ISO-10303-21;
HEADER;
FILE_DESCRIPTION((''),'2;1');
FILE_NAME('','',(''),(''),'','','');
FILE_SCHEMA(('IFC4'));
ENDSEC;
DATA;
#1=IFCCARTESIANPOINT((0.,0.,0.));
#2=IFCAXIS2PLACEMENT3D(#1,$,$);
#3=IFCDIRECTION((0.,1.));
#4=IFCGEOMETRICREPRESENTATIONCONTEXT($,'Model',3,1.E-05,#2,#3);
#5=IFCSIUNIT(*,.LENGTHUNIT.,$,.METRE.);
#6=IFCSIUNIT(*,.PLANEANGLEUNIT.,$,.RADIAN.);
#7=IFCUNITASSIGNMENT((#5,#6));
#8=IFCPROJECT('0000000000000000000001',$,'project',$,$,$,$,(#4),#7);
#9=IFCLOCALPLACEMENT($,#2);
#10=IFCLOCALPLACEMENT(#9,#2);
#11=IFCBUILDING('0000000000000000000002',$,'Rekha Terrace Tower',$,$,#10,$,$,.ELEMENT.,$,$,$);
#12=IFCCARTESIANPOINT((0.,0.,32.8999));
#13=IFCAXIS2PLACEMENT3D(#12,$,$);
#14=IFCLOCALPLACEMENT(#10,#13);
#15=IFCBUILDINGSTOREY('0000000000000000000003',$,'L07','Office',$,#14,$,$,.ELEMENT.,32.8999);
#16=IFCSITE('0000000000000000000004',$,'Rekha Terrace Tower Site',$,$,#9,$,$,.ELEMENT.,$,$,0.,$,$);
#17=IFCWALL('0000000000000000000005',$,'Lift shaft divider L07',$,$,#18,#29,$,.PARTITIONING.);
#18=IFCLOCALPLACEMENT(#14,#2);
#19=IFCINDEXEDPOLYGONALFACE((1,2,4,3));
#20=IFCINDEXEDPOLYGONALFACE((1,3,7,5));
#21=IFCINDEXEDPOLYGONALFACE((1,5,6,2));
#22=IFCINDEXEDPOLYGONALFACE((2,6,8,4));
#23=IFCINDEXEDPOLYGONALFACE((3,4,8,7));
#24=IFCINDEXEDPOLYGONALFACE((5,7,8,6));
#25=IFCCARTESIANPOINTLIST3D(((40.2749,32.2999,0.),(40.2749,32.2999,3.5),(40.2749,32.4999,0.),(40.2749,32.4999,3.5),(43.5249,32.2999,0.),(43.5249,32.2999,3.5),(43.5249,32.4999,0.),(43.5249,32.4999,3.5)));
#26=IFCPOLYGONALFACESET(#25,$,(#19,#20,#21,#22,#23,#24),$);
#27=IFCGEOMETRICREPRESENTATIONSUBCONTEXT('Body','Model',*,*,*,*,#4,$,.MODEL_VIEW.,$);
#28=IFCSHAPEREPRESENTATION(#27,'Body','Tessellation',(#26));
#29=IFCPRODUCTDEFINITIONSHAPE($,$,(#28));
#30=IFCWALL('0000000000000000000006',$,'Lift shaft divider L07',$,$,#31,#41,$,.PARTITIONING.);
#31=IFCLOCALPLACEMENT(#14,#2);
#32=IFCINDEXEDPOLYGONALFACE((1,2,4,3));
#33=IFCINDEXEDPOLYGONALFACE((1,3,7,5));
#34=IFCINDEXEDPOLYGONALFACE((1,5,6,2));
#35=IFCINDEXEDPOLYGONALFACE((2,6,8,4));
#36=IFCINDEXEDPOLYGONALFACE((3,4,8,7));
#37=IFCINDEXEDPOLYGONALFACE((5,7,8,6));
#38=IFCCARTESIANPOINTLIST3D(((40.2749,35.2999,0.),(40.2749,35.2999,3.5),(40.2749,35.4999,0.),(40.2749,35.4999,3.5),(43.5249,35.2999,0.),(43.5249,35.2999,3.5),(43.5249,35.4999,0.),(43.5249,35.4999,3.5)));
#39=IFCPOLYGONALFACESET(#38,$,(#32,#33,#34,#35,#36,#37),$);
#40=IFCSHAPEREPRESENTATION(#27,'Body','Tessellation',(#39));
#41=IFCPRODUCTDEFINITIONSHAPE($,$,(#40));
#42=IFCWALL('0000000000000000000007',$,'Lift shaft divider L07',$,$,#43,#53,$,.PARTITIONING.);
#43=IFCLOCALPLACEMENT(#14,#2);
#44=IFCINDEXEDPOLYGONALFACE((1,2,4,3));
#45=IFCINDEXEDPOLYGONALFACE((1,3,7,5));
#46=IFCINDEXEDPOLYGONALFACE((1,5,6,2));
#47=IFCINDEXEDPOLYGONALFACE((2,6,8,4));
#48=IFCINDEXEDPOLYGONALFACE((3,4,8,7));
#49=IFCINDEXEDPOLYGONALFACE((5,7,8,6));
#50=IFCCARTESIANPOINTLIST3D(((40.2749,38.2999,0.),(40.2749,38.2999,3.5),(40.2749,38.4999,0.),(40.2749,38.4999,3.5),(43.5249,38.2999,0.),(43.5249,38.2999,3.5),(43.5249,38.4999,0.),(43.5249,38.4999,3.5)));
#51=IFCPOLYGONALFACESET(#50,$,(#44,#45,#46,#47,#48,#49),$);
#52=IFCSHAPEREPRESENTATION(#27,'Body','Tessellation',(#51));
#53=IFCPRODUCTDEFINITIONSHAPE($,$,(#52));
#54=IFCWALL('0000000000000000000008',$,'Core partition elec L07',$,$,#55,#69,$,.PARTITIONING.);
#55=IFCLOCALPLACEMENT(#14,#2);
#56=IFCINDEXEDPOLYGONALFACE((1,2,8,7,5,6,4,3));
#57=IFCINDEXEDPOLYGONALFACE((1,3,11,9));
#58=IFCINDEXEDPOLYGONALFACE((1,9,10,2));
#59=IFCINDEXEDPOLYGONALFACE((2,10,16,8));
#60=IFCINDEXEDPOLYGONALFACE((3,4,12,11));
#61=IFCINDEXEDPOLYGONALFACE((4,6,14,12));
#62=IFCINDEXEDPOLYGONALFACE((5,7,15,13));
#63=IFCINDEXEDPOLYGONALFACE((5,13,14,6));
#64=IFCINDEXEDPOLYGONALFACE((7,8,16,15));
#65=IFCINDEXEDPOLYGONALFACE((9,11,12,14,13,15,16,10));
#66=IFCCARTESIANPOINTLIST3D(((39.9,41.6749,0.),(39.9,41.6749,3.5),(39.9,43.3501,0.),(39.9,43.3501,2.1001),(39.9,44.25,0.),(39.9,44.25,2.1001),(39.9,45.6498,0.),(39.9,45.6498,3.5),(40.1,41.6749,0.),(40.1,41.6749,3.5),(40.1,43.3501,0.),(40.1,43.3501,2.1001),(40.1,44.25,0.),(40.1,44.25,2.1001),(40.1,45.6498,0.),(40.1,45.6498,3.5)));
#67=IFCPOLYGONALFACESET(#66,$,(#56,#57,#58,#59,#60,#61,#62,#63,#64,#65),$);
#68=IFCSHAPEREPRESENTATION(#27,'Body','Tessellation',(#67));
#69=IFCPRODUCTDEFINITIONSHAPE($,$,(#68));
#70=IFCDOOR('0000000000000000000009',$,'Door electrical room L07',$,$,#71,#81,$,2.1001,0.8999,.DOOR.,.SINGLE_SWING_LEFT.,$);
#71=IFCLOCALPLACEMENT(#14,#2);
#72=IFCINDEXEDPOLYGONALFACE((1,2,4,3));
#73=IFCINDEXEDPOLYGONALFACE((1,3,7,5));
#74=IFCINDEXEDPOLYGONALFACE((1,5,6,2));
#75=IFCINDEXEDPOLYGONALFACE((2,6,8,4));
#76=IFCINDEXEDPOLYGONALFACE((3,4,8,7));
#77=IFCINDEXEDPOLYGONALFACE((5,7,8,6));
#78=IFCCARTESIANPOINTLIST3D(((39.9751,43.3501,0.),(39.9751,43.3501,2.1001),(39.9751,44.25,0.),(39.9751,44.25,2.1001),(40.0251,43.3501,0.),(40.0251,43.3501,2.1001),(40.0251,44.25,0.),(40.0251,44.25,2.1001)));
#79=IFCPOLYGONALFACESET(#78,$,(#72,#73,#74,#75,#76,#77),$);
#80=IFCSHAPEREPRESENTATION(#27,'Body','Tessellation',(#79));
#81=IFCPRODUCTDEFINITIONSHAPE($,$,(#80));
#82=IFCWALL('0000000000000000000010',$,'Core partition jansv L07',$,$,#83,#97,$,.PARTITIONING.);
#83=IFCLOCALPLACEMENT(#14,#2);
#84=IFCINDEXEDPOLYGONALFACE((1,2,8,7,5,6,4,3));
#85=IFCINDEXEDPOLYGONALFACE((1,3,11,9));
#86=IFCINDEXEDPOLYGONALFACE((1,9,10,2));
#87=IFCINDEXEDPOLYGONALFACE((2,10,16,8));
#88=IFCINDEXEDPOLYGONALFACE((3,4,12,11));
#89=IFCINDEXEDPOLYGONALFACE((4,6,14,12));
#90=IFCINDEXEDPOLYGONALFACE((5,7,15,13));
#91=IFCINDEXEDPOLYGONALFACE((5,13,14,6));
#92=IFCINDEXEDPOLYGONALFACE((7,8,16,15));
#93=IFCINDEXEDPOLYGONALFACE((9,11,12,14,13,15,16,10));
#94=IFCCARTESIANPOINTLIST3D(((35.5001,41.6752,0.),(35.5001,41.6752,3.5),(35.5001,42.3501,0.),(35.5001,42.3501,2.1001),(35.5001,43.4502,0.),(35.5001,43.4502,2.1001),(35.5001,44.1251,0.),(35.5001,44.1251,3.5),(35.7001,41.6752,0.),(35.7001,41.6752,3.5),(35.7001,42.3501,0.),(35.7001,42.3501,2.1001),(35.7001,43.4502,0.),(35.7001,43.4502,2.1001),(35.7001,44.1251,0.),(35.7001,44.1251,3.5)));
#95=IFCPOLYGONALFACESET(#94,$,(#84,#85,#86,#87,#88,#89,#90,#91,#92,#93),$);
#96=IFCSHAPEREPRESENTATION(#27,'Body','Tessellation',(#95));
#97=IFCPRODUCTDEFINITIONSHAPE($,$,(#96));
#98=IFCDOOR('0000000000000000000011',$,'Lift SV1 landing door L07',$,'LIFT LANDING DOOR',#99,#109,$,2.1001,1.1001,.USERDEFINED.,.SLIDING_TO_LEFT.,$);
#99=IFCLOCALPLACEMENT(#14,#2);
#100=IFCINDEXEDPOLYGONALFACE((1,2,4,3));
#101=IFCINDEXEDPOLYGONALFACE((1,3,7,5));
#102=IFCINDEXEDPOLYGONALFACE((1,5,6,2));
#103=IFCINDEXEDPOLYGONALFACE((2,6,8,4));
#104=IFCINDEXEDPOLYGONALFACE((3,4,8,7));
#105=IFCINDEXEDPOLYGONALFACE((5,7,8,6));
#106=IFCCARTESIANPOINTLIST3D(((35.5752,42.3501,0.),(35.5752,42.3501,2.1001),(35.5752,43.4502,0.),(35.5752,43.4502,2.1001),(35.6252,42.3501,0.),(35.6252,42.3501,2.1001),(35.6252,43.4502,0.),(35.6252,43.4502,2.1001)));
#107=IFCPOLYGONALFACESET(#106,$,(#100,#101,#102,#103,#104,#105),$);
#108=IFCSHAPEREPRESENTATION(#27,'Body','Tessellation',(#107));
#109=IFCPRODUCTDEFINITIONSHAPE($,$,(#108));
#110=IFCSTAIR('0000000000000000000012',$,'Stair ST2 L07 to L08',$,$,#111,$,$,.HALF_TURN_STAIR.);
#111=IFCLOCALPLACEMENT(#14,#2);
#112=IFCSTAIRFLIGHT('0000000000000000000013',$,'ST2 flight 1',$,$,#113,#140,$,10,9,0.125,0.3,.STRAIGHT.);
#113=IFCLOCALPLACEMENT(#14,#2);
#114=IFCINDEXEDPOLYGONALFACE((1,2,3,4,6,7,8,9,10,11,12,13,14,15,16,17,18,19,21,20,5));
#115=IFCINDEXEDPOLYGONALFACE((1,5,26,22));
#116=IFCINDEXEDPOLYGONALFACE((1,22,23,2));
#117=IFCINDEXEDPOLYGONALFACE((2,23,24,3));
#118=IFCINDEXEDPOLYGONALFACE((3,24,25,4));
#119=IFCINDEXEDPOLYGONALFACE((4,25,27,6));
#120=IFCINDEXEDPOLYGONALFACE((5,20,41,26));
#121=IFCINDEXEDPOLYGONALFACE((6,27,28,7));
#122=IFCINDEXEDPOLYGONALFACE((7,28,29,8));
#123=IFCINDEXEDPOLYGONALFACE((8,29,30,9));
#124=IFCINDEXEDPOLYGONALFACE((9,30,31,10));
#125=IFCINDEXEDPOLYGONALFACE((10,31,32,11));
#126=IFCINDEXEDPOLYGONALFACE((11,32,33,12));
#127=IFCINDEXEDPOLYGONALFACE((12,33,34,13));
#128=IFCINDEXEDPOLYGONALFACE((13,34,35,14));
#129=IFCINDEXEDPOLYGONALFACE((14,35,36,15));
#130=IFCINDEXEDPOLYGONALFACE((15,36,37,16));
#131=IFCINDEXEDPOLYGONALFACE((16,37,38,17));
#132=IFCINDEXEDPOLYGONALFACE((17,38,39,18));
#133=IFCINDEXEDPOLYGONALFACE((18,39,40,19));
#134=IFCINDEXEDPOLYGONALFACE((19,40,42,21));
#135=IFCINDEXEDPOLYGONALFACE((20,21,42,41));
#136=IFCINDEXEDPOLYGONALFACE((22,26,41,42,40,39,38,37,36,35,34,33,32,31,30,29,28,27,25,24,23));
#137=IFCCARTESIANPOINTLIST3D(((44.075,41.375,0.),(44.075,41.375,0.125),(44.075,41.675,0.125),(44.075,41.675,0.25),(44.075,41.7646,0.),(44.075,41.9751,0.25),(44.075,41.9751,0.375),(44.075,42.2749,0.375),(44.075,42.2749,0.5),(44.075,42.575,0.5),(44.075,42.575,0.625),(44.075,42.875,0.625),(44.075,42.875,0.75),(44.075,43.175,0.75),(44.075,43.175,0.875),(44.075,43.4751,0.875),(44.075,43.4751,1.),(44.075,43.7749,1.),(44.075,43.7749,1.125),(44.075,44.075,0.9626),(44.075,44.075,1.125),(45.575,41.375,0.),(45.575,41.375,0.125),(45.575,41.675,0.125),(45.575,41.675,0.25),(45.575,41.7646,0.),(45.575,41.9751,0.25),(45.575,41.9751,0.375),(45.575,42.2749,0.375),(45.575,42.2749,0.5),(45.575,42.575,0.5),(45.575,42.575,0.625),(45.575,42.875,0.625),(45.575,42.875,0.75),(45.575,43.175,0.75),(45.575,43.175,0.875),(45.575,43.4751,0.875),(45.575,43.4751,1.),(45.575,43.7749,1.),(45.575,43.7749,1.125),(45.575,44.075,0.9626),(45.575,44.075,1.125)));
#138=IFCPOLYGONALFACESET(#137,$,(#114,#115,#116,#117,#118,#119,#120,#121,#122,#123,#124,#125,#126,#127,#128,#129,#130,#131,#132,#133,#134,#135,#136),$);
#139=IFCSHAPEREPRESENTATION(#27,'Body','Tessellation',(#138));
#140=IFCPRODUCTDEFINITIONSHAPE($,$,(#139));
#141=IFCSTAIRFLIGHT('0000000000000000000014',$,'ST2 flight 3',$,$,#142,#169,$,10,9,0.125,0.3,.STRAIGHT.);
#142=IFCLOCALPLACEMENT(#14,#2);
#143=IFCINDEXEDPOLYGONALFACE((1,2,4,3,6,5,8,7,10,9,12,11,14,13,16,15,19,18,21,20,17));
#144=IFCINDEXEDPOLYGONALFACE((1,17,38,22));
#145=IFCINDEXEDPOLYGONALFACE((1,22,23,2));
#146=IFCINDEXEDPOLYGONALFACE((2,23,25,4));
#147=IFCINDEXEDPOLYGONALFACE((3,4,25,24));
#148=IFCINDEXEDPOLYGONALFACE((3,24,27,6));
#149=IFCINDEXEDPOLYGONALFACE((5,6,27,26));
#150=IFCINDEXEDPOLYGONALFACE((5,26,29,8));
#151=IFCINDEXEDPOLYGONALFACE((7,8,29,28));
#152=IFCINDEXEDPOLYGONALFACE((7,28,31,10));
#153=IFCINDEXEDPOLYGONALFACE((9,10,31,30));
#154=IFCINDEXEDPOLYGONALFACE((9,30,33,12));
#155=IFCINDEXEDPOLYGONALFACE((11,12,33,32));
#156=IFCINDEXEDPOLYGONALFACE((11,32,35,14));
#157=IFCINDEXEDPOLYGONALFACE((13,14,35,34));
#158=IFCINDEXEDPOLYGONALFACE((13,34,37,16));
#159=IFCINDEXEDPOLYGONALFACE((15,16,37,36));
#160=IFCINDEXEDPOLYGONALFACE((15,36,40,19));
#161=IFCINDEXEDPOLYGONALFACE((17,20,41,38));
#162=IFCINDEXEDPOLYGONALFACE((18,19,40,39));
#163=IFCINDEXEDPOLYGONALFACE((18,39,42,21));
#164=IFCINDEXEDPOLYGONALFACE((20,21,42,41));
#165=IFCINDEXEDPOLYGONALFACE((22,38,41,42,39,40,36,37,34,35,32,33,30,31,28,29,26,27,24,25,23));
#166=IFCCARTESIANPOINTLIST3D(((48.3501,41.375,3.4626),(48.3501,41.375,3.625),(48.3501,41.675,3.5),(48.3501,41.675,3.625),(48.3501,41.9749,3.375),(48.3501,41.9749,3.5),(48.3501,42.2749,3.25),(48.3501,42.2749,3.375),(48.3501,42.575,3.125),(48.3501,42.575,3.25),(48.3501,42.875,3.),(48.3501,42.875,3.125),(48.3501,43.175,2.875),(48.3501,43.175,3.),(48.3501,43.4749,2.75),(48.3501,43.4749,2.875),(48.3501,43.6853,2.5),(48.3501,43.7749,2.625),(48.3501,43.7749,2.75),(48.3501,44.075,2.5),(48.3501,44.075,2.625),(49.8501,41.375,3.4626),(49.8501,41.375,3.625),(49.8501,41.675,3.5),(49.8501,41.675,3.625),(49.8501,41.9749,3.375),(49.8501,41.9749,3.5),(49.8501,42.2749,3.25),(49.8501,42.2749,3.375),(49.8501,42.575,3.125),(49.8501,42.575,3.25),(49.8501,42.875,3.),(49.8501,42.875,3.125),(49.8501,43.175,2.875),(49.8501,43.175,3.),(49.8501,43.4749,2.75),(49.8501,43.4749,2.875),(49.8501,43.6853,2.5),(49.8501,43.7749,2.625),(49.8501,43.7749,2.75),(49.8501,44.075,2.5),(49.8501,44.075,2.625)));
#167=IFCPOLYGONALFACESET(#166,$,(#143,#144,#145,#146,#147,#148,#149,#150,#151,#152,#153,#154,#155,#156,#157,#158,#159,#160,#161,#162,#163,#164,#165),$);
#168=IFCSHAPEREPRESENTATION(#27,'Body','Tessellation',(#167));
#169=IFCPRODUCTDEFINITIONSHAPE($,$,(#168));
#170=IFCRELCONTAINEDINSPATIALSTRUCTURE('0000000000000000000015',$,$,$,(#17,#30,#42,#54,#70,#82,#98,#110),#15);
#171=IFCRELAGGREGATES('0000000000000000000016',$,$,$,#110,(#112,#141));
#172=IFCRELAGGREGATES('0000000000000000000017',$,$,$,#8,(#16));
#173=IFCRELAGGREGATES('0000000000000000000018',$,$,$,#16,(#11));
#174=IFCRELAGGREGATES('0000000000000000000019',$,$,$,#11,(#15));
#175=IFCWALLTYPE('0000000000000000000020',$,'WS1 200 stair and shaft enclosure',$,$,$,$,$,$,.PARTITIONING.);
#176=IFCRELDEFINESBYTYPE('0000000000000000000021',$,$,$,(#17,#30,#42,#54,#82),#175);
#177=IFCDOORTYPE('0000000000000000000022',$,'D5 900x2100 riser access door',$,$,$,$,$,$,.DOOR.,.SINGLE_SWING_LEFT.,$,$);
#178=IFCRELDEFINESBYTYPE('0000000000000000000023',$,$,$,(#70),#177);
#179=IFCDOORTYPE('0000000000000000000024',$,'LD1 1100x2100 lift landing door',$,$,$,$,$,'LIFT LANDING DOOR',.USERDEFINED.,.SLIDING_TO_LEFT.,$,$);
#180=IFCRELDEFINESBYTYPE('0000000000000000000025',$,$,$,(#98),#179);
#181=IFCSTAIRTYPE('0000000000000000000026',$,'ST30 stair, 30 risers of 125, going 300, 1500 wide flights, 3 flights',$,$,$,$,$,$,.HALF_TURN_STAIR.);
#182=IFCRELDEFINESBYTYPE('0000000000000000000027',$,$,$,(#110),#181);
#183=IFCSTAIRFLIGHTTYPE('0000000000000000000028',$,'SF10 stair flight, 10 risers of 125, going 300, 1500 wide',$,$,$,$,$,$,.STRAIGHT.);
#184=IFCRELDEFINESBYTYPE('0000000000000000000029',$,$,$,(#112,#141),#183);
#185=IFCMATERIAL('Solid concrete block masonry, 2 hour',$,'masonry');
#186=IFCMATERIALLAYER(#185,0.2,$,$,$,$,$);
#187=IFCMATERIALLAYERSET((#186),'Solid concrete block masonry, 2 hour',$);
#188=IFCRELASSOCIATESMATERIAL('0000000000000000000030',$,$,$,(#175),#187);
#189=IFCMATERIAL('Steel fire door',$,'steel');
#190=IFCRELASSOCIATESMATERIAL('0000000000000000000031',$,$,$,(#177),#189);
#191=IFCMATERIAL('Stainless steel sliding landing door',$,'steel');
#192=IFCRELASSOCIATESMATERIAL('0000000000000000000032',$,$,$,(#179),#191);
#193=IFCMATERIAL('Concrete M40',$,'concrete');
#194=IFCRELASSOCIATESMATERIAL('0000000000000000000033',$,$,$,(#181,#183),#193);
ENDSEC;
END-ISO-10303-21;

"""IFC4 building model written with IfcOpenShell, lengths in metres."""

from ifc_helpers import new_model, si_unit, direction, frame, frame_2d, origin, place, context, subcontext, project, spatial, polyline, rectangle, outline, extrude, material, layer, layer_set, type_object, element, fill, aggregate, save


model = new_model("IFC4")

# Units and contexts
model_context = context("Model", 3, precision=1e-05, world=origin(), true_north=direction((0.0, 1.0)))
body_context = subcontext(model_context, "Body", "Model", "MODEL_VIEW")
ifc_project = project(units=[si_unit("LENGTHUNIT", "METRE"), si_unit("PLANEANGLEUNIT", "RADIAN")], contexts=[model_context])

# Site, building, storey
site_placement = place(None, origin())
site = spatial("IfcSite", under=ifc_project, at=site_placement, Name="Rekha Terrace Tower Site", CompositionType="ELEMENT", RefElevation=0.0)
building_placement = place(site_placement, origin())
building = spatial("IfcBuilding", under=site, at=building_placement, Name="Rekha Terrace Tower", CompositionType="ELEMENT")
storey_placement = place(building_placement, frame((0.0, 0.0, 32.8999)))
storey = spatial("IfcBuildingStorey", under=building, at=storey_placement, Name="L07", Description="Office", CompositionType="ELEMENT", Elevation=32.8999)

# Shared definitions
ifc_material_1 = material(Name="Stainless steel sliding landing door", Category="steel")
ifc_material_2 = material(Name="Steel fire door", Category="steel")

# Walls
ifc_material_3 = material(Name="Solid concrete block masonry, 2 hour", Category="masonry")
ifc_layer_1 = layer(ifc_material_3, 0.2)
ifc_layer_set_1 = layer_set([ifc_layer_1], Name="Solid concrete block masonry, 2 hour")
wall_type_1 = type_object("IfcWallType", Name="WS1 200 stair and shaft enclosure", PredefinedType="PARTITIONING", material=ifc_layer_set_1)
for number, where, z_axis, x_axis, name in (
    (1, (40.2749, 32.3999, 0.0), (0.0, 0.0, 1.0), (1.0, 0.0, 0.0), "Lift shaft divider L07"),
    (2, (40.2749, 35.3999, 0.0), (0.0, 0.0, 1.0), (1.0, 0.0, 0.0), "Lift shaft divider L07"),
    (3, (40.2749, 38.3999, 0.0), (0.0, 0.0, 1.0), (1.0, 0.0, 0.0), "Lift shaft divider L07"),
):
    element("IfcWall", number, at=place(storey_placement, frame(where, z_axis=z_axis, x_axis=x_axis)), inside=storey, type_object=wall_type_1, Name=name, PredefinedType="PARTITIONING", context=body_context, shape_type="SweptSolid", body=[
        extrude(rectangle(XDim=3.25, YDim=0.2, at=frame_2d((1.625, 0.0))), origin(), (0.0, 0.0, 1.0), 3.5),
    ])

# Walls, openings, doors
wall_1_placement = place(storey_placement, frame((40.0, 41.675, 0.0), z_axis=(0.0, 0.0, 1.0), x_axis=(0.0, 1.0, 0.0)))
wall_1 = element("IfcWall", 4, at=wall_1_placement, inside=storey, type_object=wall_type_1, Name="Core partition elec L07", PredefinedType="PARTITIONING", context=body_context, shape_type="SweptSolid", body=[
    extrude(rectangle(XDim=3.9749, YDim=0.2, at=frame_2d((1.9873, 0.0))), origin(), (0.0, 0.0, 1.0), 3.5),
])
opening_1_placement = place(wall_1_placement, frame((1.675, 0.0, 0.0)))
opening_1 = element("IfcOpeningElement", 5, at=opening_1_placement, cuts=wall_1, PredefinedType="OPENING", context=body_context, shape_type="SweptSolid", body=[
    extrude(rectangle(XDim=0.8999, YDim=2.1001, at=frame_2d((0.45, 1.05))), frame((0.0, 0.1099, 0.0), z_axis=(0.0, -1.0, 0.0), x_axis=(1.0, 0.0, 0.0)), (0.0, 0.0, 1.0), 0.22),
])
door_type_1 = type_object("IfcDoorType", Name="D5 900x2100 riser access door", OperationType="SINGLE_SWING_LEFT", PredefinedType="DOOR", material=ifc_material_2)
door_1_placement = place(opening_1_placement, origin())
door_1 = element("IfcDoor", 6, at=door_1_placement, inside=storey, type_object=door_type_1, Name="Door electrical room L07", OperationType="SINGLE_SWING_LEFT", OverallHeight=2.1001, OverallWidth=0.8999, PredefinedType="DOOR", context=body_context, shape_type="SweptSolid", body=[
    extrude(rectangle(XDim=0.8999, YDim=2.1001, at=frame_2d((0.45, 1.05))), frame((0.0, 0.0249, 0.0), z_axis=(0.0, -1.0, 0.0), x_axis=(1.0, 0.0, 0.0)), (0.0, 0.0, 1.0), 0.05),
])
fill(opening_1, door_1)
wall_2_placement = place(storey_placement, frame((35.6001, 41.675, 0.0), z_axis=(0.0, 0.0, 1.0), x_axis=(0.0, 1.0, 0.0)))
wall_2 = element("IfcWall", 7, at=wall_2_placement, inside=storey, type_object=wall_type_1, Name="Core partition jansv L07", PredefinedType="PARTITIONING", context=body_context, shape_type="SweptSolid", body=[
    extrude(rectangle(XDim=2.45, YDim=0.2, at=frame_2d((1.2251, 0.0))), origin(), (0.0, 0.0, 1.0), 3.5),
])
opening_2_placement = place(wall_2_placement, frame((0.675, 0.0, 0.0)))
opening_2 = element("IfcOpeningElement", 8, at=opening_2_placement, cuts=wall_2, PredefinedType="OPENING", context=body_context, shape_type="SweptSolid", body=[
    extrude(rectangle(XDim=1.1001, YDim=2.1001, at=frame_2d((0.55, 1.05))), frame((0.0, 0.1099, 0.0), z_axis=(0.0, -1.0, 0.0), x_axis=(1.0, 0.0, 0.0)), (0.0, 0.0, 1.0), 0.22),
])
door_type_2 = type_object("IfcDoorType", Name="LD1 1100x2100 lift landing door", ElementType="LIFT LANDING DOOR", OperationType="SLIDING_TO_LEFT", PredefinedType="USERDEFINED", material=ifc_material_1)
door_2_placement = place(opening_2_placement, origin())
door_2 = element("IfcDoor", 9, at=door_2_placement, inside=storey, type_object=door_type_2, Name="Lift SV1 landing door L07", ObjectType="LIFT LANDING DOOR", OperationType="SLIDING_TO_LEFT", OverallHeight=2.1001, OverallWidth=1.1001, PredefinedType="USERDEFINED", context=body_context, shape_type="SweptSolid", body=[
    extrude(rectangle(XDim=1.1001, YDim=2.1001, at=frame_2d((0.55, 1.05))), frame((0.0, 0.0249, 0.0), z_axis=(0.0, -1.0, 0.0), x_axis=(1.0, 0.0, 0.0)), (0.0, 0.0, 1.0), 0.05),
])
fill(opening_2, door_2)

# Stair, stair flights
ifc_material_4 = material(Name="Concrete M40", Category="concrete")
stair_type = type_object("IfcStairType", Name="ST30 stair, 30 risers of 125, going 300, 1500 wide flights, 3 flights", PredefinedType="HALF_TURN_STAIR", material=ifc_material_4)
stair_1_placement = place(storey_placement, origin())
stair_1 = element("IfcStair", 10, at=stair_1_placement, inside=storey, type_object=stair_type, Name="Stair ST2 L07 to L08", PredefinedType="HALF_TURN_STAIR")
stair_flight_type = type_object("IfcStairFlightType", Name="SF10 stair flight, 10 risers of 125, going 300, 1500 wide", PredefinedType="STRAIGHT", material=ifc_material_4)
stair_flight_1_placement = place(storey_placement, frame((44.825, 41.375, 0.0), z_axis=(0.0, 0.0, 1.0), x_axis=(0.0, 1.0, 0.0)))
stair_flight_1 = element("IfcStairFlight", 11, at=stair_flight_1_placement, type_object=stair_flight_type, Name="ST2 flight 1", NumberOfRisers=10, NumberOfTreads=9, PredefinedType="STRAIGHT", RiserHeight=0.125, TreadLength=0.3, context=body_context, shape_type="SweptSolid", body=[
    extrude(outline(polyline([(0.0, 0.0), (0.0, 0.125), (0.3, 0.125), (0.3, 0.25), (0.6001, 0.25), (0.6001, 0.375), (0.8999, 0.375), (0.8999, 0.5), (1.2, 0.5), (1.2, 0.625), (1.5, 0.625), (1.5, 0.75), (1.8, 0.75), (1.8, 0.875), (2.1001, 0.875), (2.1001, 1.0), (2.3999, 1.0), (2.3999, 1.125), (2.7, 1.125), (2.7, 1.25), (2.7, 0.9626), (0.3896, 0.0), (0.0, 0.0)])), frame((0.0, 0.75, 0.0), z_axis=(0.0, -1.0, 0.0), x_axis=(1.0, 0.0, 0.0)), (0.0, 0.0, 1.0), 1.5),
])
stair_flight_2_placement = place(storey_placement, frame((49.1001, 44.075, 2.5), z_axis=(0.0, 0.0, 1.0), x_axis=(0.0, -1.0, 0.0)))
stair_flight_2 = element("IfcStairFlight", 12, at=stair_flight_2_placement, type_object=stair_flight_type, Name="ST2 flight 3", NumberOfRisers=10, NumberOfTreads=9, PredefinedType="STRAIGHT", RiserHeight=0.125, TreadLength=0.3, context=body_context, shape_type="SweptSolid", body=[
    extrude(outline(polyline([(0.0, 0.0), (0.0, 0.125), (0.3, 0.125), (0.3, 0.25), (0.6001, 0.25), (0.6001, 0.375), (0.8999, 0.375), (0.8999, 0.5), (1.2, 0.5), (1.2, 0.625), (1.5, 0.625), (1.5, 0.75), (1.8, 0.75), (1.8, 0.875), (2.1001, 0.875), (2.1001, 1.0), (2.3999, 1.0), (2.3999, 1.125), (2.7, 1.125), (2.7, 1.25), (2.7, 0.9626), (0.3896, 0.0), (0.0, 0.0)])), frame((0.0, 0.75, 0.0), z_axis=(0.0, -1.0, 0.0), x_axis=(1.0, 0.0, 0.0)), (0.0, 0.0, 1.0), 1.5),
])
aggregate(stair_1, [stair_flight_1, stair_flight_2])

save(model, "model.ifc")
